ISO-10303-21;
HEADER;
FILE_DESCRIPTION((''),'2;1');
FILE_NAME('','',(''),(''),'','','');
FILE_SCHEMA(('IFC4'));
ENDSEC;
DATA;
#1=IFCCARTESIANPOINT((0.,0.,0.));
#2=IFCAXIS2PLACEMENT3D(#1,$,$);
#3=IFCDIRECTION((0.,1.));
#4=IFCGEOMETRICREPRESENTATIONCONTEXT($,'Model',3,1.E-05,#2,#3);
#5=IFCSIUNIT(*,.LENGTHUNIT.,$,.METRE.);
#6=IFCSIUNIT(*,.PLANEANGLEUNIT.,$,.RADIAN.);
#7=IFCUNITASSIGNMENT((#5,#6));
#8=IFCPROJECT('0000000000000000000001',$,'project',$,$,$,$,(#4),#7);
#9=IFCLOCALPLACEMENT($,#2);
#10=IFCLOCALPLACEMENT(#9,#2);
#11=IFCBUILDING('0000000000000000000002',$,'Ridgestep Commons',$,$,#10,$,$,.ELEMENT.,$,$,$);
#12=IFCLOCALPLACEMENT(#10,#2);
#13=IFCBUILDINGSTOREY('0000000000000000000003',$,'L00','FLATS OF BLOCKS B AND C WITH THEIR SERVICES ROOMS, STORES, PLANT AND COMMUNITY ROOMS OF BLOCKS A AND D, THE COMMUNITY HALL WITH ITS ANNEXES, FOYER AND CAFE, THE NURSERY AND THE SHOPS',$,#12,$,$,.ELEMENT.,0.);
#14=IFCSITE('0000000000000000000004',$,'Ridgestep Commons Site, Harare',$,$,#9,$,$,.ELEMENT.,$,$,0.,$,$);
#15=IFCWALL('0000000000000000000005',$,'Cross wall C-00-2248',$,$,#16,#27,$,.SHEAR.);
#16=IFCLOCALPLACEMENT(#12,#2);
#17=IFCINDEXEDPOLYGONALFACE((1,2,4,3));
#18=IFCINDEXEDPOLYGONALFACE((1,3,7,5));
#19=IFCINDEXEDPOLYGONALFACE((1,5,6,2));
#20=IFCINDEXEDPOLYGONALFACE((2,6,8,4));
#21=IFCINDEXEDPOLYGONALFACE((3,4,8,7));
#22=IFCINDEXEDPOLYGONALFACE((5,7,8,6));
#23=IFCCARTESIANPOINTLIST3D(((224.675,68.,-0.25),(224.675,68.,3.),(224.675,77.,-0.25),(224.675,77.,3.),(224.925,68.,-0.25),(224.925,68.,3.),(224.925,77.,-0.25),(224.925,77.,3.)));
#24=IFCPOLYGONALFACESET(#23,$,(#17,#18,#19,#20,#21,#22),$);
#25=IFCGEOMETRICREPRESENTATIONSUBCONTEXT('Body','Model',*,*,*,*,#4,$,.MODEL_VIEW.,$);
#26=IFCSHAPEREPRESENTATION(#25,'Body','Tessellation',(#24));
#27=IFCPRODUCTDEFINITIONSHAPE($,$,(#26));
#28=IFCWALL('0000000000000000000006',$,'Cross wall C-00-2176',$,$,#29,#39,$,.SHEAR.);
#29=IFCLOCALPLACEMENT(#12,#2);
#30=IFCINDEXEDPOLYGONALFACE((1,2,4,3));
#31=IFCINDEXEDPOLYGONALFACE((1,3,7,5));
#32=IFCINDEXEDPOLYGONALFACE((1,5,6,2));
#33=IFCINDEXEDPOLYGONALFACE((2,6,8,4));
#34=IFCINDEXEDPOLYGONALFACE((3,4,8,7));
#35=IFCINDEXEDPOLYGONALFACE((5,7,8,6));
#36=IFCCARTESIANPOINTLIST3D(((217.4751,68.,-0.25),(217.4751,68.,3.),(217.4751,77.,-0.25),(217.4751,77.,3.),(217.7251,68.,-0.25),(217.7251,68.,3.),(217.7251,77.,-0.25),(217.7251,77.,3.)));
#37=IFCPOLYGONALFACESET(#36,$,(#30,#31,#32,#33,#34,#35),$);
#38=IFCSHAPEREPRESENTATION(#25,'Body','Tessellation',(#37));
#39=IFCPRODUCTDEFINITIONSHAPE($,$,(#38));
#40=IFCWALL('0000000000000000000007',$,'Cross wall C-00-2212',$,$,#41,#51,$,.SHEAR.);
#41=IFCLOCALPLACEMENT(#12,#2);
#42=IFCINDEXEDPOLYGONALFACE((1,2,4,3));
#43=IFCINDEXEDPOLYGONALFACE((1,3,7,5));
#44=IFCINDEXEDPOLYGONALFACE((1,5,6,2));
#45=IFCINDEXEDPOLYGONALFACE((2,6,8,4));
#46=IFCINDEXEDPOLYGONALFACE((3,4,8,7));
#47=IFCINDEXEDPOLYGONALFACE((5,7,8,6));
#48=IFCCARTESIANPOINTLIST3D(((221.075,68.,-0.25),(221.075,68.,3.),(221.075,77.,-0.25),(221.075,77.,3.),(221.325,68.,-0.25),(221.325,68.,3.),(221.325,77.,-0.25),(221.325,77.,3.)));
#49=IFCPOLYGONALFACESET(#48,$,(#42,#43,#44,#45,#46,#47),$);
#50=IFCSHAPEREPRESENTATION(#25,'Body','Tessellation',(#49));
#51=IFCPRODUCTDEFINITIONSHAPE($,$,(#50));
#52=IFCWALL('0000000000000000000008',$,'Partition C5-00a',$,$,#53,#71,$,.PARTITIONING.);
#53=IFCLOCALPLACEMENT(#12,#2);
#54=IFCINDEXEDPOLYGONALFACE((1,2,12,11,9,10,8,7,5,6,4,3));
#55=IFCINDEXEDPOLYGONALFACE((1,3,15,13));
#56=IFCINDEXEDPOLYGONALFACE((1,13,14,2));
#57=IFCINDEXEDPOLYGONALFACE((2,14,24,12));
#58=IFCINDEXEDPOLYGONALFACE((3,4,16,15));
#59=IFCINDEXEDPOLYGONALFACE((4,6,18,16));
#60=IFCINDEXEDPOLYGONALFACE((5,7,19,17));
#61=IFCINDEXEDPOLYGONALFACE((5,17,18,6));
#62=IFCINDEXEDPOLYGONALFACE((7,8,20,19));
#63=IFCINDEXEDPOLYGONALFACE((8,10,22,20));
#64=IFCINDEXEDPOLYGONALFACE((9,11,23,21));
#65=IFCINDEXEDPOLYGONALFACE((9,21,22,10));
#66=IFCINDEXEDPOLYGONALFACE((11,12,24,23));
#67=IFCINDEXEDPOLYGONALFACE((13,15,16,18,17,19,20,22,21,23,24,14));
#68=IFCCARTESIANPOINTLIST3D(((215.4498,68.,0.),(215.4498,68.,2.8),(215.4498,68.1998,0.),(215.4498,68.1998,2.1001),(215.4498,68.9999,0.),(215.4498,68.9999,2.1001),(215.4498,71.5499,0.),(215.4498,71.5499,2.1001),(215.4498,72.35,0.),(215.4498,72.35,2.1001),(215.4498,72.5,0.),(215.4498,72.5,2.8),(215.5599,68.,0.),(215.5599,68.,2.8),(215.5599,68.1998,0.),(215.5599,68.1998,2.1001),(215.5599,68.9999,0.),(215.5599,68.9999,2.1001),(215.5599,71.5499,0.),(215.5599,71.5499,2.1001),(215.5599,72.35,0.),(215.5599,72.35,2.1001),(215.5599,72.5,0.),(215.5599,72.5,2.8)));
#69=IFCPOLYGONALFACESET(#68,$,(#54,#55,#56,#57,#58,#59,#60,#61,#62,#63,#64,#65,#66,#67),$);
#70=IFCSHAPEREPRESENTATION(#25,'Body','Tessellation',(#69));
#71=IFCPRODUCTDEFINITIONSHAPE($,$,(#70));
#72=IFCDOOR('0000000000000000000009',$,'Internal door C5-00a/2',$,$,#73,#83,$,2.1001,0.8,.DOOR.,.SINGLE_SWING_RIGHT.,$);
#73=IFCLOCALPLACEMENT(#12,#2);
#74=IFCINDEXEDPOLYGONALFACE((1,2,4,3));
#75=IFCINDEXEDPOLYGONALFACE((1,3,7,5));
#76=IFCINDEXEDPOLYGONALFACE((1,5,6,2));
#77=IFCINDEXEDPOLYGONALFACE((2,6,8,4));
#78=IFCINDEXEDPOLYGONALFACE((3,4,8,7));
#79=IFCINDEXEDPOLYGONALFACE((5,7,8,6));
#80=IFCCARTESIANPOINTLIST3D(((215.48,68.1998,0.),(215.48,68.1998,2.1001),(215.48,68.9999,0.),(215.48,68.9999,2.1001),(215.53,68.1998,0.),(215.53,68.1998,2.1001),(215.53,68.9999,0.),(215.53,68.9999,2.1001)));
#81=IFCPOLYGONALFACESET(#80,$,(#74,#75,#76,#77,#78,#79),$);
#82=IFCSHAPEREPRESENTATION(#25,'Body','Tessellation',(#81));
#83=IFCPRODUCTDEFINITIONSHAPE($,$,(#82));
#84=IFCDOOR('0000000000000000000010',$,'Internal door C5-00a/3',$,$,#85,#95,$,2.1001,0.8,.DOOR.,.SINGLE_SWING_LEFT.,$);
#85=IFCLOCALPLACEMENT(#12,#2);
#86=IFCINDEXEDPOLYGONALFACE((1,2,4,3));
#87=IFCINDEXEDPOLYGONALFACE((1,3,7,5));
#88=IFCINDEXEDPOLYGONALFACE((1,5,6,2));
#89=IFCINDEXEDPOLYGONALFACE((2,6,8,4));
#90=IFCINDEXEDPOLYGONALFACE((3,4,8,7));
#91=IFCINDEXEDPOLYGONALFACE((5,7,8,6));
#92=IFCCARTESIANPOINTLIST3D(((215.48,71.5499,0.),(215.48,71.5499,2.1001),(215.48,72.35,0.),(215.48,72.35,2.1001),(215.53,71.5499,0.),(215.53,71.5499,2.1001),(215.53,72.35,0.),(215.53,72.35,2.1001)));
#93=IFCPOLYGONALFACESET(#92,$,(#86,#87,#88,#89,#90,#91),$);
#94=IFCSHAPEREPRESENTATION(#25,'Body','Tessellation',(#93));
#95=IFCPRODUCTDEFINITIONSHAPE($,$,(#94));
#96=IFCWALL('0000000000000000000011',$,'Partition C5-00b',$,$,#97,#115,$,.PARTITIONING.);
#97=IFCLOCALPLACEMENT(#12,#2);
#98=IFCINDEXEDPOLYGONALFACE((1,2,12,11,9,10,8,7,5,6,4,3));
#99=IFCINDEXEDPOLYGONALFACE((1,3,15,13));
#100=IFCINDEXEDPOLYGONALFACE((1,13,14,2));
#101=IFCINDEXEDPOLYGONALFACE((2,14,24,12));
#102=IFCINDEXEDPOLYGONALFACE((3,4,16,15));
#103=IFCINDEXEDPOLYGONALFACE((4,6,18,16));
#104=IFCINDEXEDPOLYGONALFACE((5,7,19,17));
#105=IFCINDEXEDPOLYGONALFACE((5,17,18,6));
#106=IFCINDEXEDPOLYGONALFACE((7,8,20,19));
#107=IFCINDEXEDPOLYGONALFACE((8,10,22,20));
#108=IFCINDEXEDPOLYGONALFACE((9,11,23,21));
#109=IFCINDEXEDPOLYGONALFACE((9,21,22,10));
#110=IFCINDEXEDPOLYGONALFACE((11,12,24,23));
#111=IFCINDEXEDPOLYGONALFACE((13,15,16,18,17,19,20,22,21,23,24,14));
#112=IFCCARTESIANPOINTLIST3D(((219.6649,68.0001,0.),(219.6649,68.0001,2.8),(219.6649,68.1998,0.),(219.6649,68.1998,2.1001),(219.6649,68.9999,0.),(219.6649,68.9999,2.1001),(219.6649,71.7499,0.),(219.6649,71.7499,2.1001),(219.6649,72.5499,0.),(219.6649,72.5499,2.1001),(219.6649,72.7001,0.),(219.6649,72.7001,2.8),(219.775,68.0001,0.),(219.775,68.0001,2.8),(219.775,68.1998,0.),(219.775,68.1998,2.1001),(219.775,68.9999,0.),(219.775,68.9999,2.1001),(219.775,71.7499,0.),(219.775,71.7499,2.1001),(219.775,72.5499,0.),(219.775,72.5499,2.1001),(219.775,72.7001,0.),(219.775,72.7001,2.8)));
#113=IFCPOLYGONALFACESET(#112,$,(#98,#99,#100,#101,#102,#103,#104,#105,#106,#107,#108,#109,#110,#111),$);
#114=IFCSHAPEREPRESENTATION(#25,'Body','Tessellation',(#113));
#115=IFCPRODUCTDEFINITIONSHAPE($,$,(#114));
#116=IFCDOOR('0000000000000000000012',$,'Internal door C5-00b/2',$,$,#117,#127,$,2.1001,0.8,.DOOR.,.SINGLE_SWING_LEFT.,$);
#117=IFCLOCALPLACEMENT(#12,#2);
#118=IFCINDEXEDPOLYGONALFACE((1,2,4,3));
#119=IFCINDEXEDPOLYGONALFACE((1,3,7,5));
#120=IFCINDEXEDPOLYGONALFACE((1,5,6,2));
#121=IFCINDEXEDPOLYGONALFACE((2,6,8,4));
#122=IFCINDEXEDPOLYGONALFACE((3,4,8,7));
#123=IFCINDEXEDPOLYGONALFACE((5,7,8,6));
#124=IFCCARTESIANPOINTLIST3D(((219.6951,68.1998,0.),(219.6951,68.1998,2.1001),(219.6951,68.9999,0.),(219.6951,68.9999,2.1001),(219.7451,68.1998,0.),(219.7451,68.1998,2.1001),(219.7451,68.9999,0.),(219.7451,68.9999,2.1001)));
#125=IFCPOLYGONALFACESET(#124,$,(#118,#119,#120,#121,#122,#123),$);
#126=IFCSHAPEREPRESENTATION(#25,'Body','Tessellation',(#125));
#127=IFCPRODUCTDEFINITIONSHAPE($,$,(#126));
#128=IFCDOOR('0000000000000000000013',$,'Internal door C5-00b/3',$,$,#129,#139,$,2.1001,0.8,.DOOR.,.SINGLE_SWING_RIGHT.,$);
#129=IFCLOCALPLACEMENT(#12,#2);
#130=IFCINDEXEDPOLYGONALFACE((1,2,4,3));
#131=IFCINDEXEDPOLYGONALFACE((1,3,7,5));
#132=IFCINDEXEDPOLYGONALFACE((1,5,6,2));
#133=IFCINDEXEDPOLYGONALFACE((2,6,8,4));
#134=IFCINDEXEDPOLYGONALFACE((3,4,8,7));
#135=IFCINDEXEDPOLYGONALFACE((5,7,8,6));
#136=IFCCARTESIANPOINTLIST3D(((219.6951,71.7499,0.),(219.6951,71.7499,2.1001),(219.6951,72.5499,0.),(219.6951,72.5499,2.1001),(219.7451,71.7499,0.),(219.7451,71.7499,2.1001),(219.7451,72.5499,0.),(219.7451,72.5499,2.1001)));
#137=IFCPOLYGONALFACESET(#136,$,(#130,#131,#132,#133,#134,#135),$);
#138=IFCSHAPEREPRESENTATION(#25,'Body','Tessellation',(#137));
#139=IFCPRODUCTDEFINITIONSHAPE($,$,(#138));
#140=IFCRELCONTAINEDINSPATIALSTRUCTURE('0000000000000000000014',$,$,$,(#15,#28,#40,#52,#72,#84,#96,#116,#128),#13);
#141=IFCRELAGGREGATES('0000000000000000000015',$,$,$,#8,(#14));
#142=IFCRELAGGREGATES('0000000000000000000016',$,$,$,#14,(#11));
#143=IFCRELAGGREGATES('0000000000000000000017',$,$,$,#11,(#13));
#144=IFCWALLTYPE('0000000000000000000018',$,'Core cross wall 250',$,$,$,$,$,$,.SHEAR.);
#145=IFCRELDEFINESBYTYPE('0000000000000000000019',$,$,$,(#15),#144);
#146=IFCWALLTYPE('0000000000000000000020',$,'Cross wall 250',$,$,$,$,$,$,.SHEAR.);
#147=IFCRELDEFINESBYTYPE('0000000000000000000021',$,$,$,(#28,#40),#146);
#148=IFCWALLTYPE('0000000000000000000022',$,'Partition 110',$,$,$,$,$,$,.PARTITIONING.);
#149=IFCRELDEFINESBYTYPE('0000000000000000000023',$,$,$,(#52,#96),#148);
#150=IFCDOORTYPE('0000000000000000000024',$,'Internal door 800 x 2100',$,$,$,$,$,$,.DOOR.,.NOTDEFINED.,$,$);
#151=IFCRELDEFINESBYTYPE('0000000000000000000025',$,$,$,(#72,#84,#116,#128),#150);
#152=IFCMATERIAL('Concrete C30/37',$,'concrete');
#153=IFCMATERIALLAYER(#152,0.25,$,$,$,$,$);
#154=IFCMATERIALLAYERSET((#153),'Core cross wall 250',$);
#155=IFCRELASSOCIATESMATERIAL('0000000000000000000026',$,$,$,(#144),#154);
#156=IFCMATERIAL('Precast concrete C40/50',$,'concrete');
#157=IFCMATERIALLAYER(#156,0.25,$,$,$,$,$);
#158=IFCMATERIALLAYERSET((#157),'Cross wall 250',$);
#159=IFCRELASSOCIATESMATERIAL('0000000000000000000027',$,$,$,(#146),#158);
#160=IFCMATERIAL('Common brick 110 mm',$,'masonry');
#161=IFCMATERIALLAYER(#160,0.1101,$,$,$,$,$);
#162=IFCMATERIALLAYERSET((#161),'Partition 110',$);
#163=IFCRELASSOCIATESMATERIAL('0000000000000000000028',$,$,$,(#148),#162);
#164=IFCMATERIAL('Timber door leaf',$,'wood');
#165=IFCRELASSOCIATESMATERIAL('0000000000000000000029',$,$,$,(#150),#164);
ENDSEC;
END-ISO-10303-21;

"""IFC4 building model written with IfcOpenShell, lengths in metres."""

from ifc_helpers import new_model, si_unit, direction, frame, frame_2d, origin, place, context, subcontext, project, spatial, rectangle, extrude, material, layer, layer_set, type_object, element, fill, save


model = new_model("IFC4")

# Units and contexts
model_context = context("Model", 3, precision=1e-05, world=origin(), true_north=direction((0.0, 1.0)))
body_context = subcontext(model_context, "Body", "Model", "MODEL_VIEW")
ifc_project = project(units=[si_unit("LENGTHUNIT", "METRE"), si_unit("PLANEANGLEUNIT", "RADIAN")], contexts=[model_context])

# Site, building, storey
site_placement = place(None, origin())
site = spatial("IfcSite", under=ifc_project, at=site_placement, Name="Ridgestep Commons Site, Harare", CompositionType="ELEMENT", RefElevation=0.0)
building_placement = place(site_placement, origin())
building = spatial("IfcBuilding", under=site, at=building_placement, Name="Ridgestep Commons", CompositionType="ELEMENT")
storey_placement = place(building_placement, origin())
storey = spatial("IfcBuildingStorey", under=building, at=storey_placement, Name="L00", Description="FLATS OF BLOCKS B AND C WITH THEIR SERVICES ROOMS, STORES, PLANT AND COMMUNITY ROOMS OF BLOCKS A AND D, THE COMMUNITY HALL WITH ITS ANNEXES, FOYER AND CAFE, THE NURSERY AND THE SHOPS", CompositionType="ELEMENT", Elevation=0.0)

# Walls
ifc_material_1 = material(Name="Concrete C30/37", Category="concrete")
ifc_layer_1 = layer(ifc_material_1, 0.25)
ifc_layer_set_1 = layer_set([ifc_layer_1], Name="Core cross wall 250")
wall_type_1 = type_object("IfcWallType", Name="Core cross wall 250", PredefinedType="SHEAR", material=ifc_layer_set_1)
wall_1_placement = place(storey_placement, frame((224.8, 68.0, -0.25), z_axis=(0.0, 0.0, 1.0), x_axis=(0.0, 1.0, 0.0)))
element("IfcWall", 1, at=wall_1_placement, inside=storey, type_object=wall_type_1, Name="Cross wall C-00-2248", PredefinedType="SHEAR", context=body_context, shape_type="SweptSolid", body=[
    extrude(rectangle(XDim=9.0, YDim=0.25, at=frame_2d((4.5, 0.0))), origin(), (0.0, 0.0, 1.0), 3.25),
])
ifc_material_2 = material(Name="Precast concrete C40/50", Category="concrete")
ifc_layer_2 = layer(ifc_material_2, 0.25)
ifc_layer_set_2 = layer_set([ifc_layer_2], Name="Cross wall 250")
wall_type_2 = type_object("IfcWallType", Name="Cross wall 250", PredefinedType="SHEAR", material=ifc_layer_set_2)
for number, where, z_axis, x_axis, name in (
    (2, (217.6001, 68.0, -0.25), (0.0, 0.0, 1.0), (0.0, 1.0, 0.0), "Cross wall C-00-2176"),
    (3, (221.2, 68.0, -0.25), (0.0, 0.0, 1.0), (0.0, 1.0, 0.0), "Cross wall C-00-2212"),
):
    element("IfcWall", number, at=place(storey_placement, frame(where, z_axis=z_axis, x_axis=x_axis)), inside=storey, type_object=wall_type_2, Name=name, PredefinedType="SHEAR", context=body_context, shape_type="SweptSolid", body=[
        extrude(rectangle(XDim=9.0, YDim=0.25, at=frame_2d((4.5, 0.0))), origin(), (0.0, 0.0, 1.0), 3.25),
    ])

# Walls, openings, doors
ifc_material_3 = material(Name="Common brick 110 mm", Category="masonry")
ifc_layer_3 = layer(ifc_material_3, 0.1101)
ifc_layer_set_3 = layer_set([ifc_layer_3], Name="Partition 110")
wall_type_3 = type_object("IfcWallType", Name="Partition 110", PredefinedType="PARTITIONING", material=ifc_layer_set_3)
wall_2_placement = place(storey_placement, frame((215.5049, 68.0, 0.0), z_axis=(0.0, 0.0, 1.0), x_axis=(0.0, 1.0, 0.0)))
wall_2 = element("IfcWall", 4, at=wall_2_placement, inside=storey, type_object=wall_type_3, Name="Partition C5-00a", PredefinedType="PARTITIONING", context=body_context, shape_type="SweptSolid", body=[
    extrude(rectangle(XDim=4.5, YDim=0.1101, at=frame_2d((2.25, 0.0))), origin(), (0.0, 0.0, 1.0), 2.8),
])
opening_1_placement = place(wall_2_placement, frame((0.2, 0.0, 0.0)))
opening_1 = element("IfcOpeningElement", 5, at=opening_1_placement, cuts=wall_2, PredefinedType="OPENING", context=body_context, shape_type="SweptSolid", body=[
    extrude(rectangle(XDim=0.8, YDim=2.1001, at=frame_2d((0.3999, 1.05))), frame((0.0, 0.0649, 0.0), z_axis=(0.0, -1.0, 0.0), x_axis=(1.0, 0.0, 0.0)), (0.0, 0.0, 1.0), 0.1301),
])
opening_2_placement = place(wall_2_placement, frame((3.55, 0.0, 0.0)))
opening_2 = element("IfcOpeningElement", 6, at=opening_2_placement, cuts=wall_2, PredefinedType="OPENING", context=body_context, shape_type="SweptSolid", body=[
    extrude(rectangle(XDim=0.8, YDim=2.1001, at=frame_2d((0.3999, 1.05))), frame((0.0, 0.0649, 0.0), z_axis=(0.0, -1.0, 0.0), x_axis=(1.0, 0.0, 0.0)), (0.0, 0.0, 1.0), 0.1301),
])
ifc_material_4 = material(Name="Timber door leaf", Category="wood")
door_type = type_object("IfcDoorType", Name="Internal door 800 x 2100", OperationType="NOTDEFINED", PredefinedType="DOOR", material=ifc_material_4)
door_1_placement = place(opening_1_placement, origin())
door_1 = element("IfcDoor", 7, at=door_1_placement, inside=storey, type_object=door_type, Name="Internal door C5-00a/2", OperationType="SINGLE_SWING_RIGHT", OverallHeight=2.1001, OverallWidth=0.8, PredefinedType="DOOR", context=body_context, shape_type="SweptSolid", body=[
    extrude(rectangle(XDim=0.8, YDim=2.1001, at=frame_2d((0.3999, 1.05))), frame((0.0, 0.0249, 0.0), z_axis=(0.0, -1.0, 0.0), x_axis=(1.0, 0.0, 0.0)), (0.0, 0.0, 1.0), 0.05),
])
fill(opening_1, door_1)
door_2_placement = place(opening_2_placement, origin())
door_2 = element("IfcDoor", 8, at=door_2_placement, inside=storey, type_object=door_type, Name="Internal door C5-00a/3", OperationType="SINGLE_SWING_LEFT", OverallHeight=2.1001, OverallWidth=0.8, PredefinedType="DOOR", context=body_context, shape_type="SweptSolid", body=[
    extrude(rectangle(XDim=0.8, YDim=2.1001, at=frame_2d((0.3999, 1.05))), frame((0.0, 0.0249, 0.0), z_axis=(0.0, -1.0, 0.0), x_axis=(1.0, 0.0, 0.0)), (0.0, 0.0, 1.0), 0.05),
])
fill(opening_2, door_2)
wall_3_placement = place(storey_placement, frame((219.72, 68.0, 0.0), z_axis=(0.0, 0.0, 1.0), x_axis=(0.0, 1.0, 0.0)))
wall_3 = element("IfcWall", 9, at=wall_3_placement, inside=storey, type_object=wall_type_3, Name="Partition C5-00b", PredefinedType="PARTITIONING", context=body_context, shape_type="SweptSolid", body=[
    extrude(rectangle(XDim=4.7, YDim=0.1101, at=frame_2d((2.3501, 0.0))), origin(), (0.0, 0.0, 1.0), 2.8),
])
opening_3_placement = place(wall_3_placement, frame((0.2, 0.0, 0.0)))
opening_3 = element("IfcOpeningElement", 10, at=opening_3_placement, cuts=wall_3, PredefinedType="OPENING", context=body_context, shape_type="SweptSolid", body=[
    extrude(rectangle(XDim=0.8, YDim=2.1001, at=frame_2d((0.3999, 1.05))), frame((0.0, 0.0649, 0.0), z_axis=(0.0, -1.0, 0.0), x_axis=(1.0, 0.0, 0.0)), (0.0, 0.0, 1.0), 0.1301),
])
opening_4_placement = place(wall_3_placement, frame((3.75, 0.0, 0.0)))
opening_4 = element("IfcOpeningElement", 11, at=opening_4_placement, cuts=wall_3, PredefinedType="OPENING", context=body_context, shape_type="SweptSolid", body=[
    extrude(rectangle(XDim=0.8, YDim=2.1001, at=frame_2d((0.3999, 1.05))), frame((0.0, 0.0649, 0.0), z_axis=(0.0, -1.0, 0.0), x_axis=(1.0, 0.0, 0.0)), (0.0, 0.0, 1.0), 0.1301),
])
door_3_placement = place(opening_3_placement, origin())
door_3 = element("IfcDoor", 12, at=door_3_placement, inside=storey, type_object=door_type, Name="Internal door C5-00b/2", OperationType="SINGLE_SWING_LEFT", OverallHeight=2.1001, OverallWidth=0.8, PredefinedType="DOOR", context=body_context, shape_type="SweptSolid", body=[
    extrude(rectangle(XDim=0.8, YDim=2.1001, at=frame_2d((0.3999, 1.05))), frame((0.0, 0.0249, 0.0), z_axis=(0.0, -1.0, 0.0), x_axis=(1.0, 0.0, 0.0)), (0.0, 0.0, 1.0), 0.05),
])
fill(opening_3, door_3)
door_4_placement = place(opening_4_placement, origin())
door_4 = element("IfcDoor", 13, at=door_4_placement, inside=storey, type_object=door_type, Name="Internal door C5-00b/3", OperationType="SINGLE_SWING_RIGHT", OverallHeight=2.1001, OverallWidth=0.8, PredefinedType="DOOR", context=body_context, shape_type="SweptSolid", body=[
    extrude(rectangle(XDim=0.8, YDim=2.1001, at=frame_2d((0.3999, 1.05))), frame((0.0, 0.0249, 0.0), z_axis=(0.0, -1.0, 0.0), x_axis=(1.0, 0.0, 0.0)), (0.0, 0.0, 1.0), 0.05),
])
fill(opening_4, door_4)

save(model, "model.ifc")
